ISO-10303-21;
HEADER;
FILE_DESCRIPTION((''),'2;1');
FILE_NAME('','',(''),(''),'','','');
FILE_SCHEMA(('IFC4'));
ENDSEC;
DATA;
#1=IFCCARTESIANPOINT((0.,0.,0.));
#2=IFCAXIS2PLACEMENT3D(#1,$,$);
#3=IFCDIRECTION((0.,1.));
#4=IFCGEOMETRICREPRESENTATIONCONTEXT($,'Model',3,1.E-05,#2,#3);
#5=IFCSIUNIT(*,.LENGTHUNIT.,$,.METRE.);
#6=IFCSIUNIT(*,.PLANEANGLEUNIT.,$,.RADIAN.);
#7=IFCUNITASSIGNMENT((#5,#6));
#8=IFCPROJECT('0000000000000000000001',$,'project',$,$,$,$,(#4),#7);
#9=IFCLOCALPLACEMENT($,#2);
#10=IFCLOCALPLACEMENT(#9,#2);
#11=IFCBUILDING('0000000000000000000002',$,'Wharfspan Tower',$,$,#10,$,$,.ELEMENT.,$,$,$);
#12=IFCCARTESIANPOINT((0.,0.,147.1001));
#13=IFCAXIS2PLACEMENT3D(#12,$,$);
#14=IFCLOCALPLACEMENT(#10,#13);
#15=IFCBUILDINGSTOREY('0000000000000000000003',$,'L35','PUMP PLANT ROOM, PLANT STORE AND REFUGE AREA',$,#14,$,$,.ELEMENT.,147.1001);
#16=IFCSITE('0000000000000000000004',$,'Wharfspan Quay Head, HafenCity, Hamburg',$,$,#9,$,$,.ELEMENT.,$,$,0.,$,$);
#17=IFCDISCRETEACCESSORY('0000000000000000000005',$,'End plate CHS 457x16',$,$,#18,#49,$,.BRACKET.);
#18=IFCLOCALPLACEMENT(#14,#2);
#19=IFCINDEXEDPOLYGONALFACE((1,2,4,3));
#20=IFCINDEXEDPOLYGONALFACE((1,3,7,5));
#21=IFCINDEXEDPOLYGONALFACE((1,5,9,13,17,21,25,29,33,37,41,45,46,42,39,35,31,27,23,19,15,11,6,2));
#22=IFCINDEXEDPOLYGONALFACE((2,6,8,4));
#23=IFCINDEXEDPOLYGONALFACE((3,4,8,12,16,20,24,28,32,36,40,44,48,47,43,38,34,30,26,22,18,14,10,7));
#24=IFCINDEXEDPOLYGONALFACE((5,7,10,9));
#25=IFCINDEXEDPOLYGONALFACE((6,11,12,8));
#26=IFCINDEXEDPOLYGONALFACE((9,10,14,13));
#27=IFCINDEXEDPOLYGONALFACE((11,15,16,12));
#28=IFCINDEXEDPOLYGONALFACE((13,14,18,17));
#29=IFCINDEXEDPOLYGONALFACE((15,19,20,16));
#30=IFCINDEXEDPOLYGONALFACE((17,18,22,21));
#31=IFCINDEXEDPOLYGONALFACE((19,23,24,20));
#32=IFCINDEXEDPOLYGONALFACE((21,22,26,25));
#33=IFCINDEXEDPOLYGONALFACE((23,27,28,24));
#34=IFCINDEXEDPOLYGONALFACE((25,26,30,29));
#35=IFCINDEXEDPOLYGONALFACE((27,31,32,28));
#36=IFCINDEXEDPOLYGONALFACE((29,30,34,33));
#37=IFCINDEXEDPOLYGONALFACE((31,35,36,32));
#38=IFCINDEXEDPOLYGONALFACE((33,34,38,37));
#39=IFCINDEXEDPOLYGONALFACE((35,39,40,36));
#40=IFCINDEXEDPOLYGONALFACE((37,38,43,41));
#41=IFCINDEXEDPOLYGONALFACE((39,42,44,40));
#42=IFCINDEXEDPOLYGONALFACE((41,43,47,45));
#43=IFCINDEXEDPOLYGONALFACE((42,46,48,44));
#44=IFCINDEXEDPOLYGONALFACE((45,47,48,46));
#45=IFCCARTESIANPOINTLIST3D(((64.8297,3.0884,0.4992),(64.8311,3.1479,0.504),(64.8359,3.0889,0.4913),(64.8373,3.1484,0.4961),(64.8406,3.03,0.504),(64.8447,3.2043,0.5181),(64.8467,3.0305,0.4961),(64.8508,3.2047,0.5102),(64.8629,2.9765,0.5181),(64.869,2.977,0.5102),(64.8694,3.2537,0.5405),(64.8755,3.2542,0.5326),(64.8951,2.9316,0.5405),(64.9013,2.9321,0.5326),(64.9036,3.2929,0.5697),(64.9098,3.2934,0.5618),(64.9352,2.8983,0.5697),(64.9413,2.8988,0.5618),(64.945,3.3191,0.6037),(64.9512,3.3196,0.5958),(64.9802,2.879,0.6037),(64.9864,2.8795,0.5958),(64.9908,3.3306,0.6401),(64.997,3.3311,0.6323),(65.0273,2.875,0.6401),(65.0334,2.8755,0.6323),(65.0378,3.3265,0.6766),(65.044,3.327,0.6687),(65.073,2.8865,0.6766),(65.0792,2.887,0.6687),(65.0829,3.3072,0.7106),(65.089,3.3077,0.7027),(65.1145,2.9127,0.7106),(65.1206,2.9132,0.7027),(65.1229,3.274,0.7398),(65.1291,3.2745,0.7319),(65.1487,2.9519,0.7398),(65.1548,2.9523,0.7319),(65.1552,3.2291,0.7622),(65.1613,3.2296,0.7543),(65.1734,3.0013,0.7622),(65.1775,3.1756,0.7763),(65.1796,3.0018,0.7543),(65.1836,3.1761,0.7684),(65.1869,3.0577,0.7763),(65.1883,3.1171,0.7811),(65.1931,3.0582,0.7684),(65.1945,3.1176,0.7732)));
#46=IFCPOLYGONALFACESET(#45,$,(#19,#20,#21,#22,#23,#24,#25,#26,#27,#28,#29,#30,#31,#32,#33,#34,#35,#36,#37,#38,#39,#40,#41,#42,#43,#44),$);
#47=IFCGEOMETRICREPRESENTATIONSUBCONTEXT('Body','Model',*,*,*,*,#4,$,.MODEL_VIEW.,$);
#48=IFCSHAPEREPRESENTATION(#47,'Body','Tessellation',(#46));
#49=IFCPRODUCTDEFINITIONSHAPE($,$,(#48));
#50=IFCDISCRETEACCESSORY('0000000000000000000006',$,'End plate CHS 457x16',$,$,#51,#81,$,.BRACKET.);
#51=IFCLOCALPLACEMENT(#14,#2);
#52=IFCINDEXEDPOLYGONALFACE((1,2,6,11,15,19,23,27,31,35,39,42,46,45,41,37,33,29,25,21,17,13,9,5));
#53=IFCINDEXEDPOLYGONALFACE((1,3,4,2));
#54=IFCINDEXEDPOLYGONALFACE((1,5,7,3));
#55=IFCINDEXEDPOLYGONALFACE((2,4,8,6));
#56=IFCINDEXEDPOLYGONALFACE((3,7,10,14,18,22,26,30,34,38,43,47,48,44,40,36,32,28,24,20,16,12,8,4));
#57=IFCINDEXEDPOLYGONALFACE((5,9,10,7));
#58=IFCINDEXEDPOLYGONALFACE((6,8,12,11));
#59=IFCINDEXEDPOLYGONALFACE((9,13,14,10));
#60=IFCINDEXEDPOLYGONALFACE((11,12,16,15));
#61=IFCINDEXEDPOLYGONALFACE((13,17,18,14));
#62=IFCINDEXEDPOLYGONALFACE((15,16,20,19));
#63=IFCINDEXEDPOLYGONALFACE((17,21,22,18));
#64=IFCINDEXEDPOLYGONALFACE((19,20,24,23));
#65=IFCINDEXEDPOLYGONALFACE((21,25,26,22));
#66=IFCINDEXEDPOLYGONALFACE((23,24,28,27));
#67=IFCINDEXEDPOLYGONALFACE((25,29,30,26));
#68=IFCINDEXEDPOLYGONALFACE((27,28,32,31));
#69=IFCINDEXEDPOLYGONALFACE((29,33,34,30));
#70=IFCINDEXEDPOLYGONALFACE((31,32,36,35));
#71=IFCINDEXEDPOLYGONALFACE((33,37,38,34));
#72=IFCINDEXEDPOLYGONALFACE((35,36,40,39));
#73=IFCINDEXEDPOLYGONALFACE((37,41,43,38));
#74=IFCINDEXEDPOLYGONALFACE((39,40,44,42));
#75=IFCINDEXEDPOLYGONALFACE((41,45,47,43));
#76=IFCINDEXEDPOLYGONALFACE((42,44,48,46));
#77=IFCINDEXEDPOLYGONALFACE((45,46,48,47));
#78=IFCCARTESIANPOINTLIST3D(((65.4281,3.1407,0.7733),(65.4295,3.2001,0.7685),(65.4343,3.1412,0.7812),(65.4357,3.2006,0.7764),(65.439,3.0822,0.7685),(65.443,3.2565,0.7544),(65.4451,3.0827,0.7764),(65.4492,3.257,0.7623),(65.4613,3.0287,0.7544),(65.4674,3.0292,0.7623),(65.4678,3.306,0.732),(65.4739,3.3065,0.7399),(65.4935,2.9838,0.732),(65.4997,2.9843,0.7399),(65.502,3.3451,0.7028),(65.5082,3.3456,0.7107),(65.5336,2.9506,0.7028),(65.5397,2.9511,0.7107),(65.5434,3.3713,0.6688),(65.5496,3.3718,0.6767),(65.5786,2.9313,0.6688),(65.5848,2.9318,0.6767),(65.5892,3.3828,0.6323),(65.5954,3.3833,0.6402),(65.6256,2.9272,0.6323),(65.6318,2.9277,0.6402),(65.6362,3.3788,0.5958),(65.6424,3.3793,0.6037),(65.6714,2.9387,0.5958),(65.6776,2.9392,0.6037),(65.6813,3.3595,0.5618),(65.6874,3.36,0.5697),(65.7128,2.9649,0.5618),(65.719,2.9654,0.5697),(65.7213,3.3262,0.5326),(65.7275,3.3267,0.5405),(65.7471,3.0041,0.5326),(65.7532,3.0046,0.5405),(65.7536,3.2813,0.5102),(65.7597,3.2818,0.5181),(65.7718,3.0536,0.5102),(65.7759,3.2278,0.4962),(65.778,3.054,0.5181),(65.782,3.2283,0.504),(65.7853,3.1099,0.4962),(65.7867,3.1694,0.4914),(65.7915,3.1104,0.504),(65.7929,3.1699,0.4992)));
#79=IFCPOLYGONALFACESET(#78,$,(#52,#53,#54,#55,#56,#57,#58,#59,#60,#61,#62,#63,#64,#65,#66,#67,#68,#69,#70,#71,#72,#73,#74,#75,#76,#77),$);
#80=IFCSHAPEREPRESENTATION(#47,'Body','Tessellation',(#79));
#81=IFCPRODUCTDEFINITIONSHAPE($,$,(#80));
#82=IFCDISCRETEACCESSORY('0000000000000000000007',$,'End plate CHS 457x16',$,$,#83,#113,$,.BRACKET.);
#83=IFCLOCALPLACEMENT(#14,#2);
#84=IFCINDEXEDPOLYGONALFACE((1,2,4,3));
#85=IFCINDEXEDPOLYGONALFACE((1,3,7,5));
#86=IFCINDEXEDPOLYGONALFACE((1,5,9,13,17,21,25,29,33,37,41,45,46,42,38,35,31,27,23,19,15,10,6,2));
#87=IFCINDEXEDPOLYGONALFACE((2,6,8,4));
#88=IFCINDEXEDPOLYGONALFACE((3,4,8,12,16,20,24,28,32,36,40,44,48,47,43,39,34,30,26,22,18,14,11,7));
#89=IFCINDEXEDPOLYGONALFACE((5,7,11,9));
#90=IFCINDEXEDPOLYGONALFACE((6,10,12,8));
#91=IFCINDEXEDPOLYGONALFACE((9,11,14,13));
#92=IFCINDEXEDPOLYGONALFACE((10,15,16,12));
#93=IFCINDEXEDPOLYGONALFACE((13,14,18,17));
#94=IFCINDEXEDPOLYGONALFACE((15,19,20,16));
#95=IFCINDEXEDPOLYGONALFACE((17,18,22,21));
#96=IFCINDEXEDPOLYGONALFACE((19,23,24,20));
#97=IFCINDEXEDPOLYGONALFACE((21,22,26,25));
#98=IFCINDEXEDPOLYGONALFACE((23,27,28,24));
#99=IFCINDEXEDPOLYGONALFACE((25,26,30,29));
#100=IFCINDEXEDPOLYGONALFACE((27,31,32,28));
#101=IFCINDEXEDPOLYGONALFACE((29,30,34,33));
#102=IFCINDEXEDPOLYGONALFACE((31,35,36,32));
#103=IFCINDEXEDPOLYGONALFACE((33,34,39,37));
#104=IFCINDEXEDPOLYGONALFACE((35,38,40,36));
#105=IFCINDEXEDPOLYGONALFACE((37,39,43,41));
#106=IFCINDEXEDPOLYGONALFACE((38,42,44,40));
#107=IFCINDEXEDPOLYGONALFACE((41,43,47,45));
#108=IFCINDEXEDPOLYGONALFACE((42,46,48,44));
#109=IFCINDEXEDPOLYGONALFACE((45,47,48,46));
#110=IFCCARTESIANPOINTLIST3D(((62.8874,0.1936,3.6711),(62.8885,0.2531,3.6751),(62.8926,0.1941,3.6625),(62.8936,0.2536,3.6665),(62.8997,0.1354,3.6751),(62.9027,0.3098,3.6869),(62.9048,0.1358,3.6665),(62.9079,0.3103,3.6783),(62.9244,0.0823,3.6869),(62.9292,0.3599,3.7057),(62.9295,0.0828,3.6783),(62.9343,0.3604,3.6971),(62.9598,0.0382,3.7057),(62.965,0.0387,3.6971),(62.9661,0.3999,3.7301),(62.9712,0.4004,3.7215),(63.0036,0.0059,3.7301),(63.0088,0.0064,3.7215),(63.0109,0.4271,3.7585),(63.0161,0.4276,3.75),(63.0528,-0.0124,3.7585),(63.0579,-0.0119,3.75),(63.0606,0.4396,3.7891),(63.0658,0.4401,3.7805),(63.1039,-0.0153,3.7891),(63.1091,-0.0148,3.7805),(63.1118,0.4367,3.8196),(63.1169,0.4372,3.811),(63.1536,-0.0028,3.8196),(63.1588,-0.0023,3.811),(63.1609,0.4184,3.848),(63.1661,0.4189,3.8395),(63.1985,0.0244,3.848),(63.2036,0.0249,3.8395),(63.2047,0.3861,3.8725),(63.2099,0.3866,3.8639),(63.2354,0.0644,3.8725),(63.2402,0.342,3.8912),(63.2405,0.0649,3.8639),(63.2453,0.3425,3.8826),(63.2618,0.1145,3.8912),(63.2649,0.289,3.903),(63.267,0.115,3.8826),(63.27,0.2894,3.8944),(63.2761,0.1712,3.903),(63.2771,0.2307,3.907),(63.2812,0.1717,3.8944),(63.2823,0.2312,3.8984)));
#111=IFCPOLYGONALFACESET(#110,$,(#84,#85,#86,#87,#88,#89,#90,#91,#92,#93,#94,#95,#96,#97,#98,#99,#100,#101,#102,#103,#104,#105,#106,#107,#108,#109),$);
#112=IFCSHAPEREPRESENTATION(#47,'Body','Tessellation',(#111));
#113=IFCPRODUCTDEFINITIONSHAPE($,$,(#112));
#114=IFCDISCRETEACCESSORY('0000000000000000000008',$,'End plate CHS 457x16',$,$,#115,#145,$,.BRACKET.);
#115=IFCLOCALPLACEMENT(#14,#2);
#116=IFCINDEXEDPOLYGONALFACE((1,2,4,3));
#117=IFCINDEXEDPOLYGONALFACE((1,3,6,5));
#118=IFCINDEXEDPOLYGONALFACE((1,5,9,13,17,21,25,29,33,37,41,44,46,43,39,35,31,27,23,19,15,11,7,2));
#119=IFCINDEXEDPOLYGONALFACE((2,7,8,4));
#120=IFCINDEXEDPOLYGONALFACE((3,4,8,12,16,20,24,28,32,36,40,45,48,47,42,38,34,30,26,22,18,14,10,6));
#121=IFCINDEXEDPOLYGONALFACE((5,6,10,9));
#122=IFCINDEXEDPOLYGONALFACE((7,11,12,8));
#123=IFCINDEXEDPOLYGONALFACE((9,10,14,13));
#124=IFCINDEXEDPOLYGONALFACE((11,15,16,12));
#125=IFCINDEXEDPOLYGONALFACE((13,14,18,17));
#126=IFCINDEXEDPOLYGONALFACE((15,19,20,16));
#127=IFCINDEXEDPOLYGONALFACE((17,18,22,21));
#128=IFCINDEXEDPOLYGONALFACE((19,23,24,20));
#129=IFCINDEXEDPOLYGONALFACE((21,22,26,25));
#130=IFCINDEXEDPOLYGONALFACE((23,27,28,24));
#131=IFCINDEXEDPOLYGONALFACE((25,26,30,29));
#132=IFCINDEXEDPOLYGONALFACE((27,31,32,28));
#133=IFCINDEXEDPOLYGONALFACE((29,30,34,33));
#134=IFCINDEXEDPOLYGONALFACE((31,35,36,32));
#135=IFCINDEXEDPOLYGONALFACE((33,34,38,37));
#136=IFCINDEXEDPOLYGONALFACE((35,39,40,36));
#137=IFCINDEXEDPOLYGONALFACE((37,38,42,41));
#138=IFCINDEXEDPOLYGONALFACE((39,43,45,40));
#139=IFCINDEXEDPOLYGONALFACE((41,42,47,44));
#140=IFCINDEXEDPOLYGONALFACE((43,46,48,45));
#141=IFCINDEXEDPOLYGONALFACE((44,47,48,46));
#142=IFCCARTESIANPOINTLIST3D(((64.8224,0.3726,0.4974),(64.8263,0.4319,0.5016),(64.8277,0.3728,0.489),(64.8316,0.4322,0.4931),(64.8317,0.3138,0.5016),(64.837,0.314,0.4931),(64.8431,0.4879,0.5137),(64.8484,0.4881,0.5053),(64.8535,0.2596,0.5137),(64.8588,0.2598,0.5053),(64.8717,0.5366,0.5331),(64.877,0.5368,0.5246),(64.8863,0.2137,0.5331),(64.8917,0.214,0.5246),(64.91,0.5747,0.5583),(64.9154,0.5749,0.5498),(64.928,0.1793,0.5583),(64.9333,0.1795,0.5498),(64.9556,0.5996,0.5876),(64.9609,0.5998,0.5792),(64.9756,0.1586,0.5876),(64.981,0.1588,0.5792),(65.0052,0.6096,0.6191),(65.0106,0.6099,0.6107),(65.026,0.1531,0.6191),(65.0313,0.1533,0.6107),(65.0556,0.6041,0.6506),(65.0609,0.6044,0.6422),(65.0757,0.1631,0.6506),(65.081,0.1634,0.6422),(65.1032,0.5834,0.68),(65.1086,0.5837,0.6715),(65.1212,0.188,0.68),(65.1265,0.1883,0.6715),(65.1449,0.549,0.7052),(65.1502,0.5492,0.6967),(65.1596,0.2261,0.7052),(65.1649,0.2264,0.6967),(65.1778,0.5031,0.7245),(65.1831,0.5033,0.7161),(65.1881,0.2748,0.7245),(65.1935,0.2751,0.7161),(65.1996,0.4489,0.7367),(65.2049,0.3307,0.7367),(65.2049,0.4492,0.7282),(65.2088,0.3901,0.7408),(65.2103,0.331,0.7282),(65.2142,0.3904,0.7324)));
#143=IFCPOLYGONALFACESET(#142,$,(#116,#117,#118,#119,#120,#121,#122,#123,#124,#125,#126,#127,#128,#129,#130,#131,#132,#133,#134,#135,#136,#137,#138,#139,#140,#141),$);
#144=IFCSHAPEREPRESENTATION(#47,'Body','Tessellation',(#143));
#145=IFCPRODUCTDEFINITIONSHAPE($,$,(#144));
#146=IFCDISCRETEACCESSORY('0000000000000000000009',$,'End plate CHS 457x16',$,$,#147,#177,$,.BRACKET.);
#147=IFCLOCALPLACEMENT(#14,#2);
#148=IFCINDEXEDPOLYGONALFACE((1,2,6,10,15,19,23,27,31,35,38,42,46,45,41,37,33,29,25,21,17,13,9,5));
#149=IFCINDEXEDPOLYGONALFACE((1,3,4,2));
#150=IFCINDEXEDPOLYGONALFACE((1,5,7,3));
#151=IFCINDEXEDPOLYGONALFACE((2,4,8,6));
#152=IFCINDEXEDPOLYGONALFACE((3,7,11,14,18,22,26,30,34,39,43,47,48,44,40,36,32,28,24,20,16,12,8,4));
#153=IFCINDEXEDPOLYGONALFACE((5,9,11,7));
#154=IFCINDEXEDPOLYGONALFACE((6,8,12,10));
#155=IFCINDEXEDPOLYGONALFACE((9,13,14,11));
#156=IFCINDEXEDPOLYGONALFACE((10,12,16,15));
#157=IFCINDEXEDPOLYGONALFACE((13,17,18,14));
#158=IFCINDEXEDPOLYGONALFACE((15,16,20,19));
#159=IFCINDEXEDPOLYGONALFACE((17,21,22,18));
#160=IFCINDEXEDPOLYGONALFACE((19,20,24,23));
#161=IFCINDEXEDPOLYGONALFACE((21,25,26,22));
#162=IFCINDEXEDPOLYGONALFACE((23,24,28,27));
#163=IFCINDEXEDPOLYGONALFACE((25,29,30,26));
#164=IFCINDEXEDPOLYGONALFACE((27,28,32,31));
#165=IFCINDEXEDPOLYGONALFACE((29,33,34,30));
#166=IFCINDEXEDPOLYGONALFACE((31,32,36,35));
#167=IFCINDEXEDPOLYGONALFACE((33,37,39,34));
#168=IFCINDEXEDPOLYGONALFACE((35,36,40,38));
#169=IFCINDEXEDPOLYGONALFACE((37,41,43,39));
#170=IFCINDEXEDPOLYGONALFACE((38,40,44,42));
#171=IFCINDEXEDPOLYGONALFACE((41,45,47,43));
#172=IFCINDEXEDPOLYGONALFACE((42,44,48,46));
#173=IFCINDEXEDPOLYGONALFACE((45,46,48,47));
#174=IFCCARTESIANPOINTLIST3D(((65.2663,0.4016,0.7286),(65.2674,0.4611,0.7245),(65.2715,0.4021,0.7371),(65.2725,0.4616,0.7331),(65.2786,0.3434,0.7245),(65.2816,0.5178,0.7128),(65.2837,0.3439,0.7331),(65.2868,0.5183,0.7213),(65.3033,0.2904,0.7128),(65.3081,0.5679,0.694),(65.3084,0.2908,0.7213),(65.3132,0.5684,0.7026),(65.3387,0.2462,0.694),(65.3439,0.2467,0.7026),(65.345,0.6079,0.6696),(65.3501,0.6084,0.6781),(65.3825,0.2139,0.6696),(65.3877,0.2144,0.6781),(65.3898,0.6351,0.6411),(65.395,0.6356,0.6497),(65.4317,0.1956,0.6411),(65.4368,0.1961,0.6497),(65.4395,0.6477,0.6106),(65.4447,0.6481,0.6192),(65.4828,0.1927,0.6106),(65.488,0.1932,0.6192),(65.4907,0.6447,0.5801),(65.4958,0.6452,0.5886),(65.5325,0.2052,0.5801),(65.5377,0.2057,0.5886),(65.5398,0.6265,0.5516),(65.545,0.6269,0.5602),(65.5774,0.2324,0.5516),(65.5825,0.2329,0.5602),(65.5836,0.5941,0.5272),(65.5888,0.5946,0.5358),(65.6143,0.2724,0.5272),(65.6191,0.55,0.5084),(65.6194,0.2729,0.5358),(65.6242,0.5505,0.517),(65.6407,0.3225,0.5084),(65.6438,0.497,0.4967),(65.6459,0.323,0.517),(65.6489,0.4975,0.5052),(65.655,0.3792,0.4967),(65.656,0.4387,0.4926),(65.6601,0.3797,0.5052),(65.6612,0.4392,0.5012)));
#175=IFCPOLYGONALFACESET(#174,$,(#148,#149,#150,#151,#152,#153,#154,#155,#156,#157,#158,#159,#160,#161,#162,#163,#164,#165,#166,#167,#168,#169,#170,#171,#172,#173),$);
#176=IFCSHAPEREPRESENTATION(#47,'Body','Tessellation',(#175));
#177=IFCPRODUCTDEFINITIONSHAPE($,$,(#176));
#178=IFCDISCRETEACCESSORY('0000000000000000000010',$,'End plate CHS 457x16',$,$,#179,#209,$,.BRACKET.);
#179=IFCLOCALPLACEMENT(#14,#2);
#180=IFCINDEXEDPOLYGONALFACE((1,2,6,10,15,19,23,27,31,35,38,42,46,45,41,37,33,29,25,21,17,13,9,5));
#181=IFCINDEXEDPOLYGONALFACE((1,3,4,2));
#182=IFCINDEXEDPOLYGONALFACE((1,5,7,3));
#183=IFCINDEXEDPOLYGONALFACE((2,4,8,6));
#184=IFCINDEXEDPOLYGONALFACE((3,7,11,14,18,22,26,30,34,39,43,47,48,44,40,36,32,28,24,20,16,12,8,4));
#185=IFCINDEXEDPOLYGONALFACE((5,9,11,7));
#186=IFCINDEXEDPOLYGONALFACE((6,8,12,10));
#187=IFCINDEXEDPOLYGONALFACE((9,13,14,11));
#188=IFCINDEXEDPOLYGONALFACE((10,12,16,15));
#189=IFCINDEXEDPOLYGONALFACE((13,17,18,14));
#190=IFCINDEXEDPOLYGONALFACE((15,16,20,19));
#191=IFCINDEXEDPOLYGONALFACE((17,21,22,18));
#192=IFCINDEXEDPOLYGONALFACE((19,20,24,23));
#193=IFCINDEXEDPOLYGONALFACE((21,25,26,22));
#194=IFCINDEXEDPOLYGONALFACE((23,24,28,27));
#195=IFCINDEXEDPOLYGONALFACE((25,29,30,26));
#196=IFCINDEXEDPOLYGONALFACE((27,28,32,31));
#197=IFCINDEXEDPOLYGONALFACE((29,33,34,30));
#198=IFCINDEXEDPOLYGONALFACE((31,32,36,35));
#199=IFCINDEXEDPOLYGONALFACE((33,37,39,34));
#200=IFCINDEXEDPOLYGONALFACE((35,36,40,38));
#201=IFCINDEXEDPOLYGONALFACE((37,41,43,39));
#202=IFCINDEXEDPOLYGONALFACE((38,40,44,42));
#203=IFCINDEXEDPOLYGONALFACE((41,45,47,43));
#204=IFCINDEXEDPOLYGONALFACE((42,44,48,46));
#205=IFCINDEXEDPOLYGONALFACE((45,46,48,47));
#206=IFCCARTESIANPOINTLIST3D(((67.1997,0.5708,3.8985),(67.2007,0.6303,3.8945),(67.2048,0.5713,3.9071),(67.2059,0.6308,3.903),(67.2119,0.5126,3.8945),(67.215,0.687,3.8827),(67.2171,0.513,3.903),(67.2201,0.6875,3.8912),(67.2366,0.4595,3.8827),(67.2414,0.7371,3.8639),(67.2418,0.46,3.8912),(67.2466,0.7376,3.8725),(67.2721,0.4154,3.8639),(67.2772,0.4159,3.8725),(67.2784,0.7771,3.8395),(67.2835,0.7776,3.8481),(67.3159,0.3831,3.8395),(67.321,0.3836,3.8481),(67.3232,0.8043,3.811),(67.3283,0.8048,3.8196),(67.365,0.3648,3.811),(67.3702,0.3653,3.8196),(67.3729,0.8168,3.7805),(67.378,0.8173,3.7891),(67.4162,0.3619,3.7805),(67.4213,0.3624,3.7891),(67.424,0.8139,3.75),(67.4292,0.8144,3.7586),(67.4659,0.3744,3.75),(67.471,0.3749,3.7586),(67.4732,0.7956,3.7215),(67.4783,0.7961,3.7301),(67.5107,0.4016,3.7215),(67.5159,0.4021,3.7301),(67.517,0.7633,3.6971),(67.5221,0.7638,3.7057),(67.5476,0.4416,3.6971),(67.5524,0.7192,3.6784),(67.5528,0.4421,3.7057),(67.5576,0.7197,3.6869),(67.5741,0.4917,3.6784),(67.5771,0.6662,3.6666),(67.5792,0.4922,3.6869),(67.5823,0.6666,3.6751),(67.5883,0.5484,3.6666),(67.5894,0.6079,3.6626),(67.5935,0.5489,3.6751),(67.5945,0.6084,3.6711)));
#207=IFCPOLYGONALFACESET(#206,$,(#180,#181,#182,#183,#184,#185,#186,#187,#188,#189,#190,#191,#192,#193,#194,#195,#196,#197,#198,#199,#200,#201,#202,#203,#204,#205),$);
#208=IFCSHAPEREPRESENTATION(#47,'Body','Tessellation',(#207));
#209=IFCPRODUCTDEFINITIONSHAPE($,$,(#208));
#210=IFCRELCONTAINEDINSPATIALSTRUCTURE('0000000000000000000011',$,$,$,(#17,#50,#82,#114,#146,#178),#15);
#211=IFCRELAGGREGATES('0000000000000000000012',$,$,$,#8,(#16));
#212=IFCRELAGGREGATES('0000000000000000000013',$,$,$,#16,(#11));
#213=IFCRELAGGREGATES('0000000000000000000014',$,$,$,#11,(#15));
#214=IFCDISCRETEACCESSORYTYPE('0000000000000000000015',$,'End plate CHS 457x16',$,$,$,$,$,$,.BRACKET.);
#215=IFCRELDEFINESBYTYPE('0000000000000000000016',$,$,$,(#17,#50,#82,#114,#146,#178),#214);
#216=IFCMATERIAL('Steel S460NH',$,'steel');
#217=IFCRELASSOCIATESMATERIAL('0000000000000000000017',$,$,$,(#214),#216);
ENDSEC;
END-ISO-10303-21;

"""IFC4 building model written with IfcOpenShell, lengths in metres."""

from ifc_helpers import new_model, si_unit, direction, frame, origin, origin_2d, place, context, subcontext, project, spatial, circle, extrude, material, material_profile, profile_set, type_object, element, save


model = new_model("IFC4")

# Units and contexts
model_context = context("Model", 3, precision=1e-05, world=origin(), true_north=direction((0.0, 1.0)))
body_context = subcontext(model_context, "Body", "Model", "MODEL_VIEW")
ifc_project = project(units=[si_unit("LENGTHUNIT", "METRE"), si_unit("PLANEANGLEUNIT", "RADIAN")], contexts=[model_context])

# Site, building, storey
site_placement = place(None, origin())
site = spatial("IfcSite", under=ifc_project, at=site_placement, Name="Wharfspan Quay Head, HafenCity, Hamburg", CompositionType="ELEMENT", RefElevation=0.0)
building_placement = place(site_placement, origin())
building = spatial("IfcBuilding", under=site, at=building_placement, Name="Wharfspan Tower", CompositionType="ELEMENT")
storey_placement = place(building_placement, frame((0.0, 0.0, 147.1001)))
storey = spatial("IfcBuildingStorey", under=building, at=storey_placement, Name="L35", Description="PUMP PLANT ROOM, PLANT STORE AND REFUGE AREA", CompositionType="ELEMENT", Elevation=147.1001)

# Shared definitions
ifc_material_1 = material(Name="Steel S460NH", Category="steel")

# Discrete accessories
ifc_material_profile_1 = material_profile(ifc_material_1, circle(Radius=0.2285, at=origin_2d()))
ifc_profile_set_1 = profile_set([ifc_material_profile_1], Name="Steel S460NH")
discrete_accessory_type_1 = type_object("IfcDiscreteAccessoryType", Name="End plate CHS 457x16", PredefinedType="BRACKET", material=ifc_profile_set_1)
for number, where, z_axis, x_axis, name in (
    (1, (65.009, 3.1028, 0.6401), (0.614899, 0.049192, -0.78707), (-0.079745, 0.996811, 0.0), "End plate CHS 457x16"),
    (2, (65.6074, 3.155, 0.6323), (0.614899, 0.049192, 0.78707), (-0.079745, 0.996811, 0.0), "End plate CHS 457x16"),
    (3, (63.0823, 0.2122, 3.7891), (0.513879, 0.048941, -0.856465), (-0.094811, 0.995495, -0.000001), "End plate CHS 457x16"),
    (4, (65.0156, 0.3813, 0.6191), (0.532016, 0.024183, -0.846389), (-0.045407, 0.99897, 0.000001), "End plate CHS 457x16"),
    (5, (65.4612, 0.4202, 0.6106), (0.513879, 0.048941, 0.856465), (-0.094811, 0.995495, 0.000001), "End plate CHS 457x16"),
    (6, (67.3945, 0.5894, 3.7805), (0.513879, 0.048941, 0.856465), (-0.094811, 0.995495, 0.000001), "End plate CHS 457x16"),
):
    element("IfcDiscreteAccessory", number, at=place(storey_placement, frame(where, z_axis=z_axis, x_axis=x_axis)), inside=storey, type_object=discrete_accessory_type_1, Name=name, PredefinedType="BRACKET", context=body_context, shape_type="SweptSolid", body=[
        extrude(circle(Radius=0.2285, at=origin_2d()), origin(), (0.0, 0.0, 1.0), 0.01),
    ])

save(model, "model.ifc")
